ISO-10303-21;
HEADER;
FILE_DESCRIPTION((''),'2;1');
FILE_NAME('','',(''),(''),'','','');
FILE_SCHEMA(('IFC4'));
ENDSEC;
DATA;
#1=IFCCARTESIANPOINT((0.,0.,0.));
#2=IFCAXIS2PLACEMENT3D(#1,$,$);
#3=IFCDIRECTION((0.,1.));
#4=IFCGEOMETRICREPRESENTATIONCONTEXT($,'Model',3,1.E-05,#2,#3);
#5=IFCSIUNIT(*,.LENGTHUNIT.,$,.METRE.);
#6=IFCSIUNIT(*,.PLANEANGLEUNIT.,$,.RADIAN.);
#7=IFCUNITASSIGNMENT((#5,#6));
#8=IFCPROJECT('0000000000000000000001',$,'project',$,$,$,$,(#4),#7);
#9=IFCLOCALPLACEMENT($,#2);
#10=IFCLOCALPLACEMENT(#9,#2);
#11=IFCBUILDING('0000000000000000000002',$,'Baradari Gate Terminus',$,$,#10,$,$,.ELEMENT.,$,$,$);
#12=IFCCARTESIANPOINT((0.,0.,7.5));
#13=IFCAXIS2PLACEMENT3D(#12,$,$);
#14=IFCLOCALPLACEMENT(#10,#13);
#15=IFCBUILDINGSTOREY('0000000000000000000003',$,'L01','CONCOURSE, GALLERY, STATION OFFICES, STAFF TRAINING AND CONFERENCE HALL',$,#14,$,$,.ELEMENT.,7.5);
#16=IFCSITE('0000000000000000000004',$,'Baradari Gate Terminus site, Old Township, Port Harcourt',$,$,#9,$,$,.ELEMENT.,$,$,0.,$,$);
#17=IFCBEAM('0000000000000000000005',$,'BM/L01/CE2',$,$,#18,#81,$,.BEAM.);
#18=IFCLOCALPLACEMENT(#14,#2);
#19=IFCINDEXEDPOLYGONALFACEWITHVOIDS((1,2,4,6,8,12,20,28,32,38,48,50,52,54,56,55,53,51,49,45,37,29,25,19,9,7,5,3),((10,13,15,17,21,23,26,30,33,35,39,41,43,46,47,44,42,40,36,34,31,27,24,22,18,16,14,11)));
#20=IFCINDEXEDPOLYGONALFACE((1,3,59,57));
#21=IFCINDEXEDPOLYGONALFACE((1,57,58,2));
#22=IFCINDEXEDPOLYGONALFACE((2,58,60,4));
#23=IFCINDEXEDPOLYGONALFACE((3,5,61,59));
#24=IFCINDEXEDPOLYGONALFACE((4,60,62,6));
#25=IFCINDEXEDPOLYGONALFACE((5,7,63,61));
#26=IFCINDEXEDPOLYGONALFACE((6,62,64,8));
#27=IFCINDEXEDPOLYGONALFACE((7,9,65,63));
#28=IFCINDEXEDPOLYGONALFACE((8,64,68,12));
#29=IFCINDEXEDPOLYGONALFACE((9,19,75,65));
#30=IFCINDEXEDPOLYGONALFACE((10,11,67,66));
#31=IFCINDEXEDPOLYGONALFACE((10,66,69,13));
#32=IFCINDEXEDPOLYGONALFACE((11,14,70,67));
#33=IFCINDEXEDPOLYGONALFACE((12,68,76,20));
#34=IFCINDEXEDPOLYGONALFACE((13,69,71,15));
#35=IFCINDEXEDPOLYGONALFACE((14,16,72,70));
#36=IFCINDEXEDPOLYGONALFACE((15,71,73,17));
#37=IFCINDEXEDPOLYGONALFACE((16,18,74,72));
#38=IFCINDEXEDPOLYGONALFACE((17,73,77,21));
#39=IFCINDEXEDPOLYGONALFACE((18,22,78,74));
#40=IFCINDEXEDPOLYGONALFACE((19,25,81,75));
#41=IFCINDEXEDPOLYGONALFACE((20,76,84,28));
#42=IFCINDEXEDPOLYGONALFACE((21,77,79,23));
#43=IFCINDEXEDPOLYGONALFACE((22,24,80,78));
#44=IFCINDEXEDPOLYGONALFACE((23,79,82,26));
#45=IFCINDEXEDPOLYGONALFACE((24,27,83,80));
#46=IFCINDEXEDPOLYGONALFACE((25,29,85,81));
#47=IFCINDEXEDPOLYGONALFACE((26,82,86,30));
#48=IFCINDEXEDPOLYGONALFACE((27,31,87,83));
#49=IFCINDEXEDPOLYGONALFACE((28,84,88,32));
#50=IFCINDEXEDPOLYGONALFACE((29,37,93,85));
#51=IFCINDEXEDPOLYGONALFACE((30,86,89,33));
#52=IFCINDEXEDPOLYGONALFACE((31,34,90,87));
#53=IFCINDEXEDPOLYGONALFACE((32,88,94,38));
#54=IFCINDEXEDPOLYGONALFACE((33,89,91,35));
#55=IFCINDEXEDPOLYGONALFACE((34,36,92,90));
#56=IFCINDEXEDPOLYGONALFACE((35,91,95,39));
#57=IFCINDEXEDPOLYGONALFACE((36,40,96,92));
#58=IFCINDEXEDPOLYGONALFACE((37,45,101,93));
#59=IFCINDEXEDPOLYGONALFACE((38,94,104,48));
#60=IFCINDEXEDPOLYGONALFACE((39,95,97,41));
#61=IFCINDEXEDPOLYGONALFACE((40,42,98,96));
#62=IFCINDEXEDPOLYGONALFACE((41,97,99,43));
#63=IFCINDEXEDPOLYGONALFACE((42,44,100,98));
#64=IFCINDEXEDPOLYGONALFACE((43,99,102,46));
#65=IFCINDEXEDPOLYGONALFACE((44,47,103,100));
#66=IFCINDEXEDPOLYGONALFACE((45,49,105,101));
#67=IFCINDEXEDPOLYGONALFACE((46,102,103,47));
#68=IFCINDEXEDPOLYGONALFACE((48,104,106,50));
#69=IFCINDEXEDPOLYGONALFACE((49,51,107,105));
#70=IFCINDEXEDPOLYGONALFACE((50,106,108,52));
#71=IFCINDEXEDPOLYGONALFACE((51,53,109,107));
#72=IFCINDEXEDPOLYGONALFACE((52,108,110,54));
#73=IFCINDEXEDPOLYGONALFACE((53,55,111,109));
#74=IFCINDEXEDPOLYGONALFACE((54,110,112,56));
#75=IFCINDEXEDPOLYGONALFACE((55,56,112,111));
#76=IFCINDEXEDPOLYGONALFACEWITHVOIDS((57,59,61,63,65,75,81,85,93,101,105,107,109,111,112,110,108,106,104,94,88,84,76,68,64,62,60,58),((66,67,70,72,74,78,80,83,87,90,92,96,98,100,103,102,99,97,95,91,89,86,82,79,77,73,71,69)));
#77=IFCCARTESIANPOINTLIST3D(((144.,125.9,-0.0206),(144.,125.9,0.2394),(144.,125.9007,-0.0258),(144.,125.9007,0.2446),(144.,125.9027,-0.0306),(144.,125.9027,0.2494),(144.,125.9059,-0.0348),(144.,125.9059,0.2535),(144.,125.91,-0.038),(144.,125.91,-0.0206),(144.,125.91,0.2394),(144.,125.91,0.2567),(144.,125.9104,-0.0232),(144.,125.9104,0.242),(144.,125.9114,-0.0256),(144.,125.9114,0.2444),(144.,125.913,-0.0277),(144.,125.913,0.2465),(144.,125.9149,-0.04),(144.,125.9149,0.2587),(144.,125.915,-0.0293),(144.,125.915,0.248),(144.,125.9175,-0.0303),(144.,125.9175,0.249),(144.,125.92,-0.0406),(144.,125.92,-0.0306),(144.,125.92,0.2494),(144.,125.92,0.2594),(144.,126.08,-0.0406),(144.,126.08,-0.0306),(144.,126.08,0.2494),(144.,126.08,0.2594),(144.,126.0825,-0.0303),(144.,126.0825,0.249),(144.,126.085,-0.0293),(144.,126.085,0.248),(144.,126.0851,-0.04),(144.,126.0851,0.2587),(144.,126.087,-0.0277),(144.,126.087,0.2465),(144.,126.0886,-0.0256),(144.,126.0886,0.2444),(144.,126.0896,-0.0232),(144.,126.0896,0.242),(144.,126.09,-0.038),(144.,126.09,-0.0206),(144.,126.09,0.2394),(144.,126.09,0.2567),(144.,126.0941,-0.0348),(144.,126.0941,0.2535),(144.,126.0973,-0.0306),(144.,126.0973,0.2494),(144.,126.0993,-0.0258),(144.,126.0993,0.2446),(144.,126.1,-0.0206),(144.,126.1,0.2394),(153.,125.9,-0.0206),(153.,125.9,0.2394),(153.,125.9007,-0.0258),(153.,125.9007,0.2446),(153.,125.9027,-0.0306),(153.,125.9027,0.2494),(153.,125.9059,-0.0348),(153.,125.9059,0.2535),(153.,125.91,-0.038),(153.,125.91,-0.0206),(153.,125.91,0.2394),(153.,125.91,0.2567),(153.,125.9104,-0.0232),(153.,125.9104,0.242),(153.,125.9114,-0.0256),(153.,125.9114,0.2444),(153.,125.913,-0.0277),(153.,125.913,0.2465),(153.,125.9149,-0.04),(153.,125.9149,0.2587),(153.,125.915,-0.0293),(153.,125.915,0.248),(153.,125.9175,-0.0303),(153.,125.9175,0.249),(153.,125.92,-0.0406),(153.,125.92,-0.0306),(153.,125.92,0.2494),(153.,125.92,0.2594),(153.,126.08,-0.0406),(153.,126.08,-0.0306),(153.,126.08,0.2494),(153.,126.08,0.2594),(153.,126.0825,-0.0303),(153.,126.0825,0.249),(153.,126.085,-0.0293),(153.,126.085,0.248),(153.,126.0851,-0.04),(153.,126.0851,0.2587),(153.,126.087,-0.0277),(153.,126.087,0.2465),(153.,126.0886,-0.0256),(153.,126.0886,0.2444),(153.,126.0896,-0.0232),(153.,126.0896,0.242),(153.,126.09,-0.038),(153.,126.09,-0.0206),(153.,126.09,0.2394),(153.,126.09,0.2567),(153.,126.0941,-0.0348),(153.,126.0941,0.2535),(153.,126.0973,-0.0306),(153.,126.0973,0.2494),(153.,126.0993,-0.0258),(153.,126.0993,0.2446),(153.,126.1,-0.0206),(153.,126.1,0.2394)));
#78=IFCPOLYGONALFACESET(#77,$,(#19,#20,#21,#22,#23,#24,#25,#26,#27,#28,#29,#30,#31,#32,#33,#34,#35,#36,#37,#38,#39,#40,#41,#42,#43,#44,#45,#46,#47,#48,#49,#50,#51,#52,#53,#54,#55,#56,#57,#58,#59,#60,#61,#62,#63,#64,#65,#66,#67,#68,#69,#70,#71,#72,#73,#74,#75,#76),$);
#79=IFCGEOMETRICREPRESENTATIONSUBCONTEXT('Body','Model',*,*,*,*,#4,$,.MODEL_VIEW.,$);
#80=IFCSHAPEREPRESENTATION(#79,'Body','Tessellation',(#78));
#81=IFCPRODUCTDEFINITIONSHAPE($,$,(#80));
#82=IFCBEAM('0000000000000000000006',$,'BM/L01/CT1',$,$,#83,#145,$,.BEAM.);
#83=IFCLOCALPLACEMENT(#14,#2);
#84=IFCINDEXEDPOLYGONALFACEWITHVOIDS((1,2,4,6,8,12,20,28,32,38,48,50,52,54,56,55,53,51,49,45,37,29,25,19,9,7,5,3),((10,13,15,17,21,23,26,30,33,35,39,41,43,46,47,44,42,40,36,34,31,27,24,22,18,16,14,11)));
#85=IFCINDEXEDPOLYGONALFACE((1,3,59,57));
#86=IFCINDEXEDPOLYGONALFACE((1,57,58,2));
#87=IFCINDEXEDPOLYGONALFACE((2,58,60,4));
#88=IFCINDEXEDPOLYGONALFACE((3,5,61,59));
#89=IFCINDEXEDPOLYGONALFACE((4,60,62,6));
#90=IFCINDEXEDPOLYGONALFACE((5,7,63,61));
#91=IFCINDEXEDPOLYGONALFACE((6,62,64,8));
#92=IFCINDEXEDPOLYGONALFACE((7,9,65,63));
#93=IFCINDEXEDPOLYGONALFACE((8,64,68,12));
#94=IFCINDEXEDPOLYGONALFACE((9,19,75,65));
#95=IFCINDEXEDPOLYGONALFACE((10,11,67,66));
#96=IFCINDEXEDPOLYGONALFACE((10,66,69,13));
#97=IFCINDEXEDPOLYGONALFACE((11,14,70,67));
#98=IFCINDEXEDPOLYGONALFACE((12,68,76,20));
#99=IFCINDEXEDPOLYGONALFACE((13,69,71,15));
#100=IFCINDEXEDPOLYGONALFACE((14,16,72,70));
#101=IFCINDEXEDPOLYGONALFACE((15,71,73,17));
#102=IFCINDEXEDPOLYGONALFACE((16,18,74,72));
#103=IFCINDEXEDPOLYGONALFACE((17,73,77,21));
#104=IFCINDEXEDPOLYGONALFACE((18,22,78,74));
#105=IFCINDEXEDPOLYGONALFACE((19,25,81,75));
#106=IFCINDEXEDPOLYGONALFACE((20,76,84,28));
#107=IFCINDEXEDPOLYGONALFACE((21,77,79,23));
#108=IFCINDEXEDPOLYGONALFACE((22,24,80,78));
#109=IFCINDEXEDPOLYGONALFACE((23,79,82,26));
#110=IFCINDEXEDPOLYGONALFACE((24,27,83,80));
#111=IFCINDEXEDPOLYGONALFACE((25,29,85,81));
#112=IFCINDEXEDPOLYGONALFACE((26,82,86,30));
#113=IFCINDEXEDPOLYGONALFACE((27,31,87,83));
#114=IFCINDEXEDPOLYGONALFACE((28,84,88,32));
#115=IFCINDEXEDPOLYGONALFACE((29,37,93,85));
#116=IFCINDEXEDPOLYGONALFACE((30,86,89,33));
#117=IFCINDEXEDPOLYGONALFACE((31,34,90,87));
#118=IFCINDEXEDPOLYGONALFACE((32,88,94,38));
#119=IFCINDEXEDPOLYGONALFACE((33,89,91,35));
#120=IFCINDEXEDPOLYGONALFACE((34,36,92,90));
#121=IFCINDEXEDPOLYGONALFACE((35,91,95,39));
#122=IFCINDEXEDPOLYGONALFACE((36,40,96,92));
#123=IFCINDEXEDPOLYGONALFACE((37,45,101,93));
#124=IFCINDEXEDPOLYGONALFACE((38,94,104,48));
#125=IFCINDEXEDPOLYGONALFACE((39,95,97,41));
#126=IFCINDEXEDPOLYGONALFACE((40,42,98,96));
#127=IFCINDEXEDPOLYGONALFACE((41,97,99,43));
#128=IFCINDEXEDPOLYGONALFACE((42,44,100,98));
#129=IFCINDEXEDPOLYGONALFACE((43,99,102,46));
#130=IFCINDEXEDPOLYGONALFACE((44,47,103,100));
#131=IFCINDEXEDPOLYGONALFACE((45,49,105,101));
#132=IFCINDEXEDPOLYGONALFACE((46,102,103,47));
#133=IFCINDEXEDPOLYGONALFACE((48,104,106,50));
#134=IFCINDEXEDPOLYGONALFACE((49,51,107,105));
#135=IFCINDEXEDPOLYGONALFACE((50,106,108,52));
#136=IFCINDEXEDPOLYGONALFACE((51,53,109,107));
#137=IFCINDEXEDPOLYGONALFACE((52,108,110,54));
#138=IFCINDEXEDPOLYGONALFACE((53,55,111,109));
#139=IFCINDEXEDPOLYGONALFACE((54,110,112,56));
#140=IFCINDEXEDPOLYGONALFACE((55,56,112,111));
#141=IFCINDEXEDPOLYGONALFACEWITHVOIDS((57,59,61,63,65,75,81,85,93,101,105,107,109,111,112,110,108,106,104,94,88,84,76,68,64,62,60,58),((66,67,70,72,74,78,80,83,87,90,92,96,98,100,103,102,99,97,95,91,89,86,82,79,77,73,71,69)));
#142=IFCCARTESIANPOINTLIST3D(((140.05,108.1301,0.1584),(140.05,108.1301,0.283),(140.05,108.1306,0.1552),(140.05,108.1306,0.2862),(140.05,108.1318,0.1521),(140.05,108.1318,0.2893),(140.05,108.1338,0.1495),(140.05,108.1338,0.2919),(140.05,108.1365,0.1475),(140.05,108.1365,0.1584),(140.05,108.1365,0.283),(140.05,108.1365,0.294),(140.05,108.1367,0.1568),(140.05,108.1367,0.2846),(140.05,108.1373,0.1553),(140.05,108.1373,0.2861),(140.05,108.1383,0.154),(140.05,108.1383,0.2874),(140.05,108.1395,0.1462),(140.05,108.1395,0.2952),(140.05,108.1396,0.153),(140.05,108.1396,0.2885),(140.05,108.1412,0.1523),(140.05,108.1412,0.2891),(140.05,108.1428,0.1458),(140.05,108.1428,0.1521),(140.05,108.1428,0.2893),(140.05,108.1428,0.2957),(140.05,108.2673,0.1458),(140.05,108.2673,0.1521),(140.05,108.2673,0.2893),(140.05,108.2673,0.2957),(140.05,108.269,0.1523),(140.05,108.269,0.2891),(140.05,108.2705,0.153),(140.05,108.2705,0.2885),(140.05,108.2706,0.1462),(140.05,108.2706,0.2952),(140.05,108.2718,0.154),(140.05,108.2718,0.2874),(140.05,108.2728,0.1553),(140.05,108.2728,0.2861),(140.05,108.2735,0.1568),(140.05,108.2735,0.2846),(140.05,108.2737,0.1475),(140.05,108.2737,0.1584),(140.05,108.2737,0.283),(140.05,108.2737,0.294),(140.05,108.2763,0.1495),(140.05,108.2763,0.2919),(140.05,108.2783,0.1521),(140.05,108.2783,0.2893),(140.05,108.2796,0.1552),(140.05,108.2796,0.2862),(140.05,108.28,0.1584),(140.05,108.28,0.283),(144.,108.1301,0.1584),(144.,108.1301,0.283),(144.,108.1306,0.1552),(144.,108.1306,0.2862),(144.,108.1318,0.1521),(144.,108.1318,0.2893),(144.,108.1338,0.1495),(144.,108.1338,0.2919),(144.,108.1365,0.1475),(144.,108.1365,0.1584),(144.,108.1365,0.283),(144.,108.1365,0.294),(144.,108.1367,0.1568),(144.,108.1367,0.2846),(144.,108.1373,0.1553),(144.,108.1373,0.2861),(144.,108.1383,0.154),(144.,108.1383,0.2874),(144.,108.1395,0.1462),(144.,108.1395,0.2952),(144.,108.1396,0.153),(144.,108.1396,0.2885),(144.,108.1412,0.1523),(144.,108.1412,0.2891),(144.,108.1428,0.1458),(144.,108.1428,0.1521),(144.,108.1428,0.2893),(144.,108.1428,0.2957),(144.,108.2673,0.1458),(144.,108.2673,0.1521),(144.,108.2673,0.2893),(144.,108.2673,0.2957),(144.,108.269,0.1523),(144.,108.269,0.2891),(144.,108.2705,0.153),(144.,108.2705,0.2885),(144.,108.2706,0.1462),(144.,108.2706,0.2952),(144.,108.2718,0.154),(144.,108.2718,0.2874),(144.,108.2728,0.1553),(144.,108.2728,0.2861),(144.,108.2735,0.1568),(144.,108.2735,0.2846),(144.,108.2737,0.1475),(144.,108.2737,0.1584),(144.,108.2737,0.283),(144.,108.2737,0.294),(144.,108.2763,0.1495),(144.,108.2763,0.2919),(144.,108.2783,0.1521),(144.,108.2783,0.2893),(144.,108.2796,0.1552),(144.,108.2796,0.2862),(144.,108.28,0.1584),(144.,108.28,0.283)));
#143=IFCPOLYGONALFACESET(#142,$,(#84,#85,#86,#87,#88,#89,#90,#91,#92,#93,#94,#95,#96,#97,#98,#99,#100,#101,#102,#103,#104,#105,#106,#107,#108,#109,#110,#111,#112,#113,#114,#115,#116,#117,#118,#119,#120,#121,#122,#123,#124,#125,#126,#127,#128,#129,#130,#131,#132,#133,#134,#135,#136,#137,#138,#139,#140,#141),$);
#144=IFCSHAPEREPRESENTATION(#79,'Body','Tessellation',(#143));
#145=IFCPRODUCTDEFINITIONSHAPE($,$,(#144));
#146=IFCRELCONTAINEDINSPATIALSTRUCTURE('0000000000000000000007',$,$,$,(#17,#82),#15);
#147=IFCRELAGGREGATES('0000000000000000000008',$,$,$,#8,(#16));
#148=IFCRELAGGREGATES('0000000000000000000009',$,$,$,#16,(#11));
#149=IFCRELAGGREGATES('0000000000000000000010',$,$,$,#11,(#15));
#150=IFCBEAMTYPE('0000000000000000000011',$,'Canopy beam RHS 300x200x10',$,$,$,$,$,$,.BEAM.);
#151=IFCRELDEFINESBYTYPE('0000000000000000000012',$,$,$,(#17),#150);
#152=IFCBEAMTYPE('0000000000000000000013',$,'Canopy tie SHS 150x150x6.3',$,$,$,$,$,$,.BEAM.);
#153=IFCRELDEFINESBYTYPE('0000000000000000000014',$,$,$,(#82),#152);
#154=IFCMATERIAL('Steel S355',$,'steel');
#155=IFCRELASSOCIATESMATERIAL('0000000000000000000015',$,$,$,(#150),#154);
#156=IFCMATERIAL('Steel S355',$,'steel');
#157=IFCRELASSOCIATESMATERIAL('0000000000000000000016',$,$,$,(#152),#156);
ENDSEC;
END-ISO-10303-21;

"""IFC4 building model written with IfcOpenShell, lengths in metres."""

from ifc_helpers import new_model, si_unit, direction, frame, origin, origin_2d, place, context, subcontext, project, spatial, hollow_rectangle, extrude, material, material_profile, profile_set, type_object, element, save


model = new_model("IFC4")

# Units and contexts
model_context = context("Model", 3, precision=1e-05, world=origin(), true_north=direction((0.0, 1.0)))
body_context = subcontext(model_context, "Body", "Model", "MODEL_VIEW")
ifc_project = project(units=[si_unit("LENGTHUNIT", "METRE"), si_unit("PLANEANGLEUNIT", "RADIAN")], contexts=[model_context])

# Site, building, storey
site_placement = place(None, origin())
site = spatial("IfcSite", under=ifc_project, at=site_placement, Name="Baradari Gate Terminus site, Old Township, Port Harcourt", CompositionType="ELEMENT", RefElevation=0.0)
building_placement = place(site_placement, origin())
building = spatial("IfcBuilding", under=site, at=building_placement, Name="Baradari Gate Terminus", CompositionType="ELEMENT")
storey_placement = place(building_placement, frame((0.0, 0.0, 7.5)))
storey = spatial("IfcBuildingStorey", under=building, at=storey_placement, Name="L01", Description="CONCOURSE, GALLERY, STATION OFFICES, STAFF TRAINING AND CONFERENCE HALL", CompositionType="ELEMENT", Elevation=7.5)

# Beams
ifc_material_1 = material(Name="Steel S355", Category="steel")
ifc_material_profile_1 = material_profile(ifc_material_1, hollow_rectangle(XDim=0.2, YDim=0.3, WallThickness=0.01, InnerFilletRadius=0.01, OuterFilletRadius=0.02, at=origin_2d()), Name="RHS 300x200x10")
ifc_profile_set_1 = profile_set([ifc_material_profile_1], Name="Steel S355")
beam_type_1 = type_object("IfcBeamType", Name="Canopy beam RHS 300x200x10", PredefinedType="BEAM", material=ifc_profile_set_1)
for number, where, z_axis, x_axis, name in (
    (1, (144.0, 126.0, 0.1094), (1.0, 0.0, 0.0), (0.0, 1.0, 0.0), "BM/L01/CE2"),
):
    element("IfcBeam", number, at=place(storey_placement, frame(where, z_axis=z_axis, x_axis=x_axis)), inside=storey, type_object=beam_type_1, Name=name, PredefinedType="BEAM", context=body_context, shape_type="SweptSolid", body=[
        extrude(hollow_rectangle(XDim=0.2, YDim=0.3, WallThickness=0.01, InnerFilletRadius=0.01, OuterFilletRadius=0.02, at=origin_2d()), origin(), (0.0, 0.0, 1.0), 9.0),
    ])
ifc_material_2 = material(Name="Steel S355", Category="steel")
ifc_material_profile_2 = material_profile(ifc_material_2, hollow_rectangle(XDim=0.1499, YDim=0.1499, WallThickness=0.0063, InnerFilletRadius=0.0063, OuterFilletRadius=0.0127, at=origin_2d()), Name="SHS 150x150x6.3")
ifc_profile_set_2 = profile_set([ifc_material_profile_2], Name="Steel S355")
beam_type_2 = type_object("IfcBeamType", Name="Canopy tie SHS 150x150x6.3", PredefinedType="BEAM", material=ifc_profile_set_2)
beam_1_placement = place(storey_placement, frame((140.05, 108.2051, 0.2207), z_axis=(1.0, 0.0, 0.0), x_axis=(0.0, 1.0, 0.0)))
element("IfcBeam", 2, at=beam_1_placement, inside=storey, type_object=beam_type_2, Name="BM/L01/CT1", PredefinedType="BEAM", context=body_context, shape_type="SweptSolid", body=[
    extrude(hollow_rectangle(XDim=0.1499, YDim=0.1499, WallThickness=0.0063, InnerFilletRadius=0.0063, OuterFilletRadius=0.0127, at=origin_2d()), origin(), (0.0, 0.0, 1.0), 3.95),
])

save(model, "model.ifc")
